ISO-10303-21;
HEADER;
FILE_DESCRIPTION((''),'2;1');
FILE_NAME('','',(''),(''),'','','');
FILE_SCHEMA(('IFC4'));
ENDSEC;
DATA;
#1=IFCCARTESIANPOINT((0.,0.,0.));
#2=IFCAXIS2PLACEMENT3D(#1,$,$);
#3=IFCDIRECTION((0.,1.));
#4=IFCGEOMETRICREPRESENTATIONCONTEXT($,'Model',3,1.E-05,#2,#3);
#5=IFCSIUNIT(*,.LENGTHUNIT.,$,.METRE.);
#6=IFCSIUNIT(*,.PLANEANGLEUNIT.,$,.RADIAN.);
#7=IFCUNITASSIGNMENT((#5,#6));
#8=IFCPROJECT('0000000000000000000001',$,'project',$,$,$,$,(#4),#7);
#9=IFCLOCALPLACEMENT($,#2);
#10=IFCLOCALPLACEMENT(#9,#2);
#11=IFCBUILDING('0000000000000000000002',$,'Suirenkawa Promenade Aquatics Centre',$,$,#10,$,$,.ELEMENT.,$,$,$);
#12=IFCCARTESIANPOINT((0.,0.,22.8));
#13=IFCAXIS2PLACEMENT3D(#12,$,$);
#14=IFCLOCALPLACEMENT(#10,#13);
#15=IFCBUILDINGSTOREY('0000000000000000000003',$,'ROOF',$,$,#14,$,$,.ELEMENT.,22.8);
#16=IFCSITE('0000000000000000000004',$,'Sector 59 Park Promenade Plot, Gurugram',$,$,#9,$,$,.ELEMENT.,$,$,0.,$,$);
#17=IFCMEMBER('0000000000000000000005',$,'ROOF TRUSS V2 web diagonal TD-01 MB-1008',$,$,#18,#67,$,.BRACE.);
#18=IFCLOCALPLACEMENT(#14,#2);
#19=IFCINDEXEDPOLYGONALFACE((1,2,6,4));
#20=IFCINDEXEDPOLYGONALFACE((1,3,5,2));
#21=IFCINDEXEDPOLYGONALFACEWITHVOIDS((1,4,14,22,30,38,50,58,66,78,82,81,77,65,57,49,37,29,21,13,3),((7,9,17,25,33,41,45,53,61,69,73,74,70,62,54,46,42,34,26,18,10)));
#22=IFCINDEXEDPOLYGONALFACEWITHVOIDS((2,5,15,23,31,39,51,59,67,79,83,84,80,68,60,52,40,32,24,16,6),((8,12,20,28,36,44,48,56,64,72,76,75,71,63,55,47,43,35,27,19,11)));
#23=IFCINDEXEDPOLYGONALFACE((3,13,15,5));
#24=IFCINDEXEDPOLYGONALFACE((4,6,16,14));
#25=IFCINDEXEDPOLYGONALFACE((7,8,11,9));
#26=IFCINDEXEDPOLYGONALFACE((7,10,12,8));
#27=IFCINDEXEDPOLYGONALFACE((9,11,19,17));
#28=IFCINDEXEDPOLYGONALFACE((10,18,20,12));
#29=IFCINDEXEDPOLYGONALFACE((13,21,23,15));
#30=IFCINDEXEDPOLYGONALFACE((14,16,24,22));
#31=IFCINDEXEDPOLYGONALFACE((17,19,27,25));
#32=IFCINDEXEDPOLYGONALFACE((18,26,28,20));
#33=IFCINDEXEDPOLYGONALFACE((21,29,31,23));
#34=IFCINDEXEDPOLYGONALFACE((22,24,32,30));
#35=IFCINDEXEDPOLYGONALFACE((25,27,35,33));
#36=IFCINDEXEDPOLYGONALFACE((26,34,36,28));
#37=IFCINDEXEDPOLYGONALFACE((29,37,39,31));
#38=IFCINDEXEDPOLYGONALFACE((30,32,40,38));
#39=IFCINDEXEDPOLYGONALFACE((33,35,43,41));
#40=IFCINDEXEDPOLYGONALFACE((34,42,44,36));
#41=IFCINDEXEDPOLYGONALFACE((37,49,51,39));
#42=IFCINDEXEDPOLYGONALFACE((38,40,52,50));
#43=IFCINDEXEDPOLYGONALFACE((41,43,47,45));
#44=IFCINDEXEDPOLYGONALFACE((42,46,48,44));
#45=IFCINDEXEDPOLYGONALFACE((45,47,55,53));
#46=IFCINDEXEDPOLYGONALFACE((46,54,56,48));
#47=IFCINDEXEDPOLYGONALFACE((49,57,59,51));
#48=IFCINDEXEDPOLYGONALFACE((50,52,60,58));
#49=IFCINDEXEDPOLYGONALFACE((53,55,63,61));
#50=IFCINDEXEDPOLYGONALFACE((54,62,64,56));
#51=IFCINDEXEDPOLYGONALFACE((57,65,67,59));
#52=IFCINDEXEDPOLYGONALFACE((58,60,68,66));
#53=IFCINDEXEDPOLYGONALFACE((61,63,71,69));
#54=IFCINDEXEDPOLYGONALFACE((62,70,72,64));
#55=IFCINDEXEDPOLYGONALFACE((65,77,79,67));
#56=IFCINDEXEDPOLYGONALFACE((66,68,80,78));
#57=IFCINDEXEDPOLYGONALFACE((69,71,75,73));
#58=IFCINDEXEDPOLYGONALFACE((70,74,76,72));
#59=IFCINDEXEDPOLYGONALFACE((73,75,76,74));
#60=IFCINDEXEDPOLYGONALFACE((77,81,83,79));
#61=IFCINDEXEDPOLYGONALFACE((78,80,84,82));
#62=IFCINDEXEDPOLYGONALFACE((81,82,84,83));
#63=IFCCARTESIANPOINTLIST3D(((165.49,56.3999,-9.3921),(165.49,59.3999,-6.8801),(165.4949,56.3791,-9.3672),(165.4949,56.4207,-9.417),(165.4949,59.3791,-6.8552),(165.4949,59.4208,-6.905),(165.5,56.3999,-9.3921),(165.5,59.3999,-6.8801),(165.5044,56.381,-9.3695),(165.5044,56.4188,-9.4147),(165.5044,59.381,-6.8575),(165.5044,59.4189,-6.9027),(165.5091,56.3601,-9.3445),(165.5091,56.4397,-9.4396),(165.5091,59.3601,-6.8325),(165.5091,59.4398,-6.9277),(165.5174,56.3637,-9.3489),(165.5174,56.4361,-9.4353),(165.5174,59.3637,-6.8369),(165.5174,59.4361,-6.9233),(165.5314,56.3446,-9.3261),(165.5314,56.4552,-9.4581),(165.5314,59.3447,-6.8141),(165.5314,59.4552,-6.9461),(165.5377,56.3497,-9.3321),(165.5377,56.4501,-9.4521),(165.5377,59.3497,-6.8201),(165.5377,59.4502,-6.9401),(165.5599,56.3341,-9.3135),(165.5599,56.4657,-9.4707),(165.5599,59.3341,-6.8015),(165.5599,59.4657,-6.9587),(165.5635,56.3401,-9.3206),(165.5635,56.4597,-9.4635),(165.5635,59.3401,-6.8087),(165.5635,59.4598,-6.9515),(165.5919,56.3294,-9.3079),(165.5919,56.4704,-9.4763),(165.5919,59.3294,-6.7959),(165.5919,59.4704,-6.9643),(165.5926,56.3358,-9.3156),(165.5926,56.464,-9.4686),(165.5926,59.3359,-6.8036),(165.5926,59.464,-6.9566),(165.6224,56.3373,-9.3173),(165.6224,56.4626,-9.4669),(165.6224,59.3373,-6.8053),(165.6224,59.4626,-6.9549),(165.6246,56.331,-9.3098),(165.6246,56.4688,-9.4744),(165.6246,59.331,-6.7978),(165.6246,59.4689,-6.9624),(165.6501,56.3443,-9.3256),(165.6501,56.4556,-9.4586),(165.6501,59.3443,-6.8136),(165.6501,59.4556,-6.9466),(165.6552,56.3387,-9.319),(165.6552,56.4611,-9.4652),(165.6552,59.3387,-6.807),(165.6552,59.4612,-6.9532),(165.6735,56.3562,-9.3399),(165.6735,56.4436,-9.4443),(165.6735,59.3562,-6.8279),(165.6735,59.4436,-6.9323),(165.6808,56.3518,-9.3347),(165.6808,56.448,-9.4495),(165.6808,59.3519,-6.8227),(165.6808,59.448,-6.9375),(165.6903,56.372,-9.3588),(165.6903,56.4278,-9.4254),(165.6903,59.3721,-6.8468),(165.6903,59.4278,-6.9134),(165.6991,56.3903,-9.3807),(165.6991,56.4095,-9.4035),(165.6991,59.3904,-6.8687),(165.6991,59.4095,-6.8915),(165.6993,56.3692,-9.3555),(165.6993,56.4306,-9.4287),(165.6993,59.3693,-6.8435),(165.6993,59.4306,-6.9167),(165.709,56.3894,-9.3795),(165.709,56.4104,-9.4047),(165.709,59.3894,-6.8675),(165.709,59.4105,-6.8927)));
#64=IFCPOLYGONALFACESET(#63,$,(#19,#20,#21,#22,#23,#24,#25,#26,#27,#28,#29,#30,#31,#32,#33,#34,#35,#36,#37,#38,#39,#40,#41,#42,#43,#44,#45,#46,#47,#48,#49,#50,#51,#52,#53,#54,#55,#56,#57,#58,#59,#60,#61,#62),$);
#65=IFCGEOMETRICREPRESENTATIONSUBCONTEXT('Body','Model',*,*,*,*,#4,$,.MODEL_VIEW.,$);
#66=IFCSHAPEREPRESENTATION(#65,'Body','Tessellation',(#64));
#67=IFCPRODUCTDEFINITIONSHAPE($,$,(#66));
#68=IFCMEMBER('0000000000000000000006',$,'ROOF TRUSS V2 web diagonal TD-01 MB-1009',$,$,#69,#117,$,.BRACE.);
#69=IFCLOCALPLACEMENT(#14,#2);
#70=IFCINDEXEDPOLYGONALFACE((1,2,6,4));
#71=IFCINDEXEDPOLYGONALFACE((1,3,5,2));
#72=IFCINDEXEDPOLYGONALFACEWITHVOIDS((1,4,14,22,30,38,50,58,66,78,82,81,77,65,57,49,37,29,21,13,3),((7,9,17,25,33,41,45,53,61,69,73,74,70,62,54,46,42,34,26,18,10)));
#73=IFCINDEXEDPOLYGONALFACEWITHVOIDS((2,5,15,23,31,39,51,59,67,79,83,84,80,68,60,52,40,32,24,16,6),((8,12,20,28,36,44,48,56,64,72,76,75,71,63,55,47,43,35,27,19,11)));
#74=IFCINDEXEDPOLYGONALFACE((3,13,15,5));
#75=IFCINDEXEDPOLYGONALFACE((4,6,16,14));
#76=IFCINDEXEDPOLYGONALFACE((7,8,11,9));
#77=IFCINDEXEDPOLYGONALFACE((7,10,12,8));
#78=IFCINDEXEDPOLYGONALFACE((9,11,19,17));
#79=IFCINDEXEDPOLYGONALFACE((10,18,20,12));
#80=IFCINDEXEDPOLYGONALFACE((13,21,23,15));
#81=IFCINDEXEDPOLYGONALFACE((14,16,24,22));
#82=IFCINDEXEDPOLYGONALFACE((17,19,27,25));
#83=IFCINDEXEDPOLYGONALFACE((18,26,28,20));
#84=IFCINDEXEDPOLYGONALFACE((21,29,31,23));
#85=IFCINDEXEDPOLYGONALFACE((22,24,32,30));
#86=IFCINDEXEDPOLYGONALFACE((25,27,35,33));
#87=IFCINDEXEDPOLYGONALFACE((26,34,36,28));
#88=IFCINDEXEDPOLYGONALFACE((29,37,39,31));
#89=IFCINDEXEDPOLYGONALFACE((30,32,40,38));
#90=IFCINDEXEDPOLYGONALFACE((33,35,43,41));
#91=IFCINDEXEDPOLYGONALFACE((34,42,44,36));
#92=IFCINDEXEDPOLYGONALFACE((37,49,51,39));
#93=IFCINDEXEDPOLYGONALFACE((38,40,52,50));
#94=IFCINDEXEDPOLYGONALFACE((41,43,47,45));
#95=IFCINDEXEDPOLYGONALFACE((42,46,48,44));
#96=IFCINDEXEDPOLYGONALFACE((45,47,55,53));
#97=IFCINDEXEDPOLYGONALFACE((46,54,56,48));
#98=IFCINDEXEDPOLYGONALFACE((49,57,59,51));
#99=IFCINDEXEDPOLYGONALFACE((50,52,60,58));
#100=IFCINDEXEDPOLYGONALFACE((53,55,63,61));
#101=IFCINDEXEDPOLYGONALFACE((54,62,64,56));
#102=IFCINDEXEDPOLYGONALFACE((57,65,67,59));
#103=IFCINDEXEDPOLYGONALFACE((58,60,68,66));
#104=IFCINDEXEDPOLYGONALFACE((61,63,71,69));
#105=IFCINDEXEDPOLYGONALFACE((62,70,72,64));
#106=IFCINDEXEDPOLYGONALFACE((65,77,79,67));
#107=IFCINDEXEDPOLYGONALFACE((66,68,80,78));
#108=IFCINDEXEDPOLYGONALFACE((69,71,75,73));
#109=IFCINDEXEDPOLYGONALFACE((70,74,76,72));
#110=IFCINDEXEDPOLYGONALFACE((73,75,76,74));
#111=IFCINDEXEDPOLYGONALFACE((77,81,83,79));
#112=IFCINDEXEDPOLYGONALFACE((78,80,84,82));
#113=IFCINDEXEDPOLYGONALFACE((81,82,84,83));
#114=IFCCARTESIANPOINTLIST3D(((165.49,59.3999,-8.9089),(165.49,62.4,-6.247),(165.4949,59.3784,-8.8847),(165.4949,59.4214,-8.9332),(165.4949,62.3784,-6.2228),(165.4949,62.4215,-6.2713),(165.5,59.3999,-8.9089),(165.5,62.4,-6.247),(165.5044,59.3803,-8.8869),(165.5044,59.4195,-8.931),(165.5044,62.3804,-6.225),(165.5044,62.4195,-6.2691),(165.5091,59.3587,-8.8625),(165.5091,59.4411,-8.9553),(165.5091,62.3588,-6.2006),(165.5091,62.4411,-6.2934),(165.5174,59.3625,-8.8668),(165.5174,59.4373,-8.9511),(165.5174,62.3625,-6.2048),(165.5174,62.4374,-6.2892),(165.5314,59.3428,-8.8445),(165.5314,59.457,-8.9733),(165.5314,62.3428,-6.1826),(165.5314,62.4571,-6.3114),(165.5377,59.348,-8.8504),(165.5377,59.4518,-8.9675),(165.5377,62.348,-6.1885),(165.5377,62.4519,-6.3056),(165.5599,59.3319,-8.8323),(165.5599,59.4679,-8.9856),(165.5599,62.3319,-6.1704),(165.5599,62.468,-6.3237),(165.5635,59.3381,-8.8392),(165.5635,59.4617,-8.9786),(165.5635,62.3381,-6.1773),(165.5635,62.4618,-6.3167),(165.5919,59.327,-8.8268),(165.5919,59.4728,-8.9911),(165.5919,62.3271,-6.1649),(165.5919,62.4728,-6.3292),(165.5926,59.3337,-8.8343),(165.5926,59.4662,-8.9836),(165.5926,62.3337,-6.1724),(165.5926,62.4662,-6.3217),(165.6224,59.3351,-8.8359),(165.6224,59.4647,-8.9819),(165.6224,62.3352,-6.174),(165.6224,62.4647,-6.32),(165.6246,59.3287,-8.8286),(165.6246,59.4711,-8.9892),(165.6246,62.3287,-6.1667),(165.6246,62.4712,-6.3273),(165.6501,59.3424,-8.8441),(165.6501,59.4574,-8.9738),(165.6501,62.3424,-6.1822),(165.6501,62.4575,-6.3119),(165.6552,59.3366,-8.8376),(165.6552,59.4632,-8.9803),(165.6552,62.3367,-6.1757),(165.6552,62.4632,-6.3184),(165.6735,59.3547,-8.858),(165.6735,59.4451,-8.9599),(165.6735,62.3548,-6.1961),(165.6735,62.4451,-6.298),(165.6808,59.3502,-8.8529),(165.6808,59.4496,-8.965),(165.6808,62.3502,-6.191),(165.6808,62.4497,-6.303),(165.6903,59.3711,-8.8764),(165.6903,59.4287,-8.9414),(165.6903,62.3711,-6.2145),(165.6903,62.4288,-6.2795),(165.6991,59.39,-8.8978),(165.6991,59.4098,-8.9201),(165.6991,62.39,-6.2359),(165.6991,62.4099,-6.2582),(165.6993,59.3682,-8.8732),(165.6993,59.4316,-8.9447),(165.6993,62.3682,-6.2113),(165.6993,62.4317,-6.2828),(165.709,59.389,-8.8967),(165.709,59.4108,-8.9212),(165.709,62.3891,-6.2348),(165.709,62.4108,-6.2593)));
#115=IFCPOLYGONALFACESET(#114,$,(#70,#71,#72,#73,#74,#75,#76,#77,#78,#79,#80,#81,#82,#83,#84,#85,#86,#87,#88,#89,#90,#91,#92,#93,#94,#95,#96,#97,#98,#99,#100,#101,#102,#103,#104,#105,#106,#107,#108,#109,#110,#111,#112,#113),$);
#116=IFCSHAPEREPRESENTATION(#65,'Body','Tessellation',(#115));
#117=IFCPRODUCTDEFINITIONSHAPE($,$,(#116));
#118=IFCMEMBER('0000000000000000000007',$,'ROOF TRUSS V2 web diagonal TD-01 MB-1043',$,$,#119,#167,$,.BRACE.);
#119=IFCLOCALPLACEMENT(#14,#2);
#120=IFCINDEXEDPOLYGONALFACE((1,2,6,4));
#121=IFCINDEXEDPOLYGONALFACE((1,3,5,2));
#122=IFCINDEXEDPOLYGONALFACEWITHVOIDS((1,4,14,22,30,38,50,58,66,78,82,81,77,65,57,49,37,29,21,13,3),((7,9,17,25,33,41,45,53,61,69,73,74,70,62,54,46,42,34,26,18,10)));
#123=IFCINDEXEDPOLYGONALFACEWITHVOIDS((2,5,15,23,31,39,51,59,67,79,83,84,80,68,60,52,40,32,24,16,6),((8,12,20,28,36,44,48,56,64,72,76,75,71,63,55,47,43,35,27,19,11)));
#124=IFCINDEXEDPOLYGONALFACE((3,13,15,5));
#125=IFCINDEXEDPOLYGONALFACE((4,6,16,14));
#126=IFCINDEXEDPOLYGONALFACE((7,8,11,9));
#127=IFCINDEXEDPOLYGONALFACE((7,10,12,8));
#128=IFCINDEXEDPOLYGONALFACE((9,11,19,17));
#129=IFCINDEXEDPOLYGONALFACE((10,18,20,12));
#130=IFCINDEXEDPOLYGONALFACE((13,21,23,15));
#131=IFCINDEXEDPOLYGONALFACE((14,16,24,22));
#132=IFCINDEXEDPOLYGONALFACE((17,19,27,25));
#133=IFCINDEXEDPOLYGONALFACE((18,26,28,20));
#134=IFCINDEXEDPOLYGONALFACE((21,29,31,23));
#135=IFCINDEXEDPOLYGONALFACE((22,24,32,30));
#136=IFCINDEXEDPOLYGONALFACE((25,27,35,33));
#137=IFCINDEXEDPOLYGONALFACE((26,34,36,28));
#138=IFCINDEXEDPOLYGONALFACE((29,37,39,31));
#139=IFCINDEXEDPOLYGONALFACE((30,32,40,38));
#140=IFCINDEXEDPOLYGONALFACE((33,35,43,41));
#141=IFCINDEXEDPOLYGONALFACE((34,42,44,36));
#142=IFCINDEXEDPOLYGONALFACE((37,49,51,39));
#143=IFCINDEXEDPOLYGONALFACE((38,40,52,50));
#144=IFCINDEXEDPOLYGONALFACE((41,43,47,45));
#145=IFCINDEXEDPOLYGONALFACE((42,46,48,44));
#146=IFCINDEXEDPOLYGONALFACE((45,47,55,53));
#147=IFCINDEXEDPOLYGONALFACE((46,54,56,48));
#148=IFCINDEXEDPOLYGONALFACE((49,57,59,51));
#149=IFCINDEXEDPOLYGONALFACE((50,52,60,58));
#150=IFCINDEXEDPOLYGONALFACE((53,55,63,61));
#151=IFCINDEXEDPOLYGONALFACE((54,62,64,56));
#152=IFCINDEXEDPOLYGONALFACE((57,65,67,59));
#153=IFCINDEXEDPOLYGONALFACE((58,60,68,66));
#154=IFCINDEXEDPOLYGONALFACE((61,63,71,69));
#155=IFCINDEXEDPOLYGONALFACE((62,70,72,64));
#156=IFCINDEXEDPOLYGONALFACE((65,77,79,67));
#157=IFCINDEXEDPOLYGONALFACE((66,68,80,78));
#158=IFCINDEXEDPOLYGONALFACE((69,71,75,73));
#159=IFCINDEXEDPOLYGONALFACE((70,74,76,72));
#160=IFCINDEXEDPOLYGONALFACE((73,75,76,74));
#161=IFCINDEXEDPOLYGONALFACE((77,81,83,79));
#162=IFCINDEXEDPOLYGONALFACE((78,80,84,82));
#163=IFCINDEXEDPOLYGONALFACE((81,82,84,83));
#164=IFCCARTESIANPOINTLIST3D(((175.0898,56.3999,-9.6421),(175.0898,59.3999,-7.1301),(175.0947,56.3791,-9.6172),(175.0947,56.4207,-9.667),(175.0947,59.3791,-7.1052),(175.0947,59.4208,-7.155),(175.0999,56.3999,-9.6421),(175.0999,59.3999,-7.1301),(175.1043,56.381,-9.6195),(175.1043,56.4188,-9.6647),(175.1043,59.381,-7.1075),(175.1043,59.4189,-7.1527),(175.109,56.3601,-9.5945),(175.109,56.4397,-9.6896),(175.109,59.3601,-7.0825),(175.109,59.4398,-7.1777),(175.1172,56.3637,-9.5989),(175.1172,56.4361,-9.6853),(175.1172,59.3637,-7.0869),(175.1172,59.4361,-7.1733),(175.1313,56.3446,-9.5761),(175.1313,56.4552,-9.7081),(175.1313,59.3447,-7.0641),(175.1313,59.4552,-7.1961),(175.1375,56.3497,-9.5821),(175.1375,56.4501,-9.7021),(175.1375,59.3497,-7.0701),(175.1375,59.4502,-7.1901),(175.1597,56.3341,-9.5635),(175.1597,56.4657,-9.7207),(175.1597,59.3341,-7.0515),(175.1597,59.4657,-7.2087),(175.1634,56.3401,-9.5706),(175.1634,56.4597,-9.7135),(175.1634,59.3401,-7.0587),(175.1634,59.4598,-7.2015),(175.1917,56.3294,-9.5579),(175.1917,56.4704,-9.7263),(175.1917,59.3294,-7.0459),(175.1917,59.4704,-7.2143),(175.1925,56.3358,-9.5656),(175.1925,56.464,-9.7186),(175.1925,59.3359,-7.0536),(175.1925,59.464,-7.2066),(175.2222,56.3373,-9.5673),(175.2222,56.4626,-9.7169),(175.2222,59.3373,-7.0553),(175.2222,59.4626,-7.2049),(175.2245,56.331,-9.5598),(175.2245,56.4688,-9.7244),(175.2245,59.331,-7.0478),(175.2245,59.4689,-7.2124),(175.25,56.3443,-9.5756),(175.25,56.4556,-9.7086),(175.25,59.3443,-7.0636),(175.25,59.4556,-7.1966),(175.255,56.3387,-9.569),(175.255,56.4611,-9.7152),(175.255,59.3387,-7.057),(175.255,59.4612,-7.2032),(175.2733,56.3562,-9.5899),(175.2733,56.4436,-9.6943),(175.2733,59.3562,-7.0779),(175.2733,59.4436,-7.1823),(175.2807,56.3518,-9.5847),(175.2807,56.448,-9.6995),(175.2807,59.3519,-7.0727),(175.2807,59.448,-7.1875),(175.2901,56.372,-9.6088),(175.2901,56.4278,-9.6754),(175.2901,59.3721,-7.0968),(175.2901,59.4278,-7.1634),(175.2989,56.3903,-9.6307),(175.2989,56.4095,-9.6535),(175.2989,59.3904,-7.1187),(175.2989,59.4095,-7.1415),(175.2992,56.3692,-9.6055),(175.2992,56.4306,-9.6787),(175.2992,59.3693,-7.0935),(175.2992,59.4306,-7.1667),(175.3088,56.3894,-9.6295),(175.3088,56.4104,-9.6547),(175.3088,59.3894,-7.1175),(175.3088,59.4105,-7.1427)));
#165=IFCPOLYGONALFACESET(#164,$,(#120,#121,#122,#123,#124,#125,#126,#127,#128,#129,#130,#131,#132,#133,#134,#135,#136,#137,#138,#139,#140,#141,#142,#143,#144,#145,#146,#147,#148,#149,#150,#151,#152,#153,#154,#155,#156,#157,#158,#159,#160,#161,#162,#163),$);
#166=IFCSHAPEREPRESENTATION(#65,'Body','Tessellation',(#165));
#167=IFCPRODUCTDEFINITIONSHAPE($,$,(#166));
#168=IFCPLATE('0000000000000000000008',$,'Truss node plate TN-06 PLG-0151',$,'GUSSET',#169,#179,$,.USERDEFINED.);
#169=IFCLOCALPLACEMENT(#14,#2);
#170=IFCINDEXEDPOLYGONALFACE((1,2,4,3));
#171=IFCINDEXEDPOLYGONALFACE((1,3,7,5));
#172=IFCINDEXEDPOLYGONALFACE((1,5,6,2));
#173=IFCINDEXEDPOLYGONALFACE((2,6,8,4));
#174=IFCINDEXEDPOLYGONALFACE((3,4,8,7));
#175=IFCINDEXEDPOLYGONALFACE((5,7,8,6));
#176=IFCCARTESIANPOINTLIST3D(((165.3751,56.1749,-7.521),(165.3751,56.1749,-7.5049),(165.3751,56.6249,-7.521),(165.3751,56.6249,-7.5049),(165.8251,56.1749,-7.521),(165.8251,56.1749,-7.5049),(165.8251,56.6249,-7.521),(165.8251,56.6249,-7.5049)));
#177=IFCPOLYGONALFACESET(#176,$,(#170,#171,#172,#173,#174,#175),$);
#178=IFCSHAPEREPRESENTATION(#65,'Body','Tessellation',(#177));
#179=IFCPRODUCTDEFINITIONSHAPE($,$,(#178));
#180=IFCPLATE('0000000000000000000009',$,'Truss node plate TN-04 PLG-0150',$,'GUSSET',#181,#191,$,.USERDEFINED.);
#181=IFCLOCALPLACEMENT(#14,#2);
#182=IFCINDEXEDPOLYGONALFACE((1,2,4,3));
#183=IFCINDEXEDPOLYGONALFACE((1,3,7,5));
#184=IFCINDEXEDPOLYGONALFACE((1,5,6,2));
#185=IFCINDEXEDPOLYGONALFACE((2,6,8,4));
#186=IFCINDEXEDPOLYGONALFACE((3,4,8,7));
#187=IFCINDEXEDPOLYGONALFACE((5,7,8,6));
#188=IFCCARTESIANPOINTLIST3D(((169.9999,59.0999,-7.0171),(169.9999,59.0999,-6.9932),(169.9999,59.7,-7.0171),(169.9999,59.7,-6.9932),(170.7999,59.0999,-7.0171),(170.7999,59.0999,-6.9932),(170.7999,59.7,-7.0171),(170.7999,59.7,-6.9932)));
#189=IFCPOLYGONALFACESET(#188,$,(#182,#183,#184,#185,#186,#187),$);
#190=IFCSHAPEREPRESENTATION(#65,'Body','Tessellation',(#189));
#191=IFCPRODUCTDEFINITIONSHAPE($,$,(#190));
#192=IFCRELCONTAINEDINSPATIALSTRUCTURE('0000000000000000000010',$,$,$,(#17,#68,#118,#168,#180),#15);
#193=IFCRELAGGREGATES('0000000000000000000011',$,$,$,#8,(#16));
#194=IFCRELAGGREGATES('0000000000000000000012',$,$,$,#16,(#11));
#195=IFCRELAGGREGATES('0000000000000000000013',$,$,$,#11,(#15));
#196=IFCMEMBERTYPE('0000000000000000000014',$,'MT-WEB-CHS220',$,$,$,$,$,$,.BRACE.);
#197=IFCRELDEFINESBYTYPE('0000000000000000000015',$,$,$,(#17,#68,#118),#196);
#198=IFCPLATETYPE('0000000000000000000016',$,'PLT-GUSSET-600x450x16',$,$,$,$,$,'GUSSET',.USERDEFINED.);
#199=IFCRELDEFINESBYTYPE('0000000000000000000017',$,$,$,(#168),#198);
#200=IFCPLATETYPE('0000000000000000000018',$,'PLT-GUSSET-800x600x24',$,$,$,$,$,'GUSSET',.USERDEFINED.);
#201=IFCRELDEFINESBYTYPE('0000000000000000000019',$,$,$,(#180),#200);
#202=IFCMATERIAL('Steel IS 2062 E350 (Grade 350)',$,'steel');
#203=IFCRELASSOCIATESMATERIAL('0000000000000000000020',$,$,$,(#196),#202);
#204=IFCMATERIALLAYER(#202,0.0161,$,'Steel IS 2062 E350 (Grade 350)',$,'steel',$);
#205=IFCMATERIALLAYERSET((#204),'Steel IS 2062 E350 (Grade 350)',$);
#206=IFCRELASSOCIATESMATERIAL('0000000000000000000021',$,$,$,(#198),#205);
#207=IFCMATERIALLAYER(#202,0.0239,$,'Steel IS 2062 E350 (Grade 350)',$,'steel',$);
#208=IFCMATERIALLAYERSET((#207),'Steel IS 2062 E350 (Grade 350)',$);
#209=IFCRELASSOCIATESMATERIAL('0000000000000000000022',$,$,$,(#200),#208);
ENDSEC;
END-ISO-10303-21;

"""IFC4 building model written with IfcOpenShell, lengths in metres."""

from ifc_helpers import new_model, si_unit, direction, frame, origin, origin_2d, place, context, subcontext, project, spatial, rectangle, hollow_circle, extrude, material, layer, layer_set, material_profile, profile_set, type_object, element, save


model = new_model("IFC4")

# Units and contexts
model_context = context("Model", 3, precision=1e-05, world=origin(), true_north=direction((0.0, 1.0)))
body_context = subcontext(model_context, "Body", "Model", "MODEL_VIEW")
ifc_project = project(units=[si_unit("LENGTHUNIT", "METRE"), si_unit("PLANEANGLEUNIT", "RADIAN")], contexts=[model_context])

# Site, building, storey
site_placement = place(None, origin())
site = spatial("IfcSite", under=ifc_project, at=site_placement, Name="Sector 59 Park Promenade Plot, Gurugram", CompositionType="ELEMENT", RefElevation=0.0)
building_placement = place(site_placement, origin())
building = spatial("IfcBuilding", under=site, at=building_placement, Name="Suirenkawa Promenade Aquatics Centre", CompositionType="ELEMENT")
storey_placement = place(building_placement, frame((0.0, 0.0, 22.8)))
storey = spatial("IfcBuildingStorey", under=building, at=storey_placement, Name="ROOF", CompositionType="ELEMENT", Elevation=22.8)

# Shared definitions
ifc_material = material(Name="Steel IS 2062 E350 (Grade 350)", Category="steel")

# Members
ifc_material_profile_1 = material_profile(ifc_material, hollow_circle(Radius=0.1101, WallThickness=0.01, at=origin_2d()), Name="CHS 220x10", Category="steel")
ifc_profile_set_1 = profile_set([ifc_material_profile_1], Name="Steel IS 2062 E350 (Grade 350)")
member_type_1 = type_object("IfcMemberType", Name="MT-WEB-CHS220", PredefinedType="BRACE", material=ifc_profile_set_1)
member_1_placement = place(storey_placement, frame((165.6001, 56.3999, -9.3921), z_axis=(0.0, 0.766716, 0.641987), x_axis=(-1.0, 0.0, 0.0)))
element("IfcMember", 1, at=member_1_placement, inside=storey, type_object=member_type_1, Name="ROOF TRUSS V2 web diagonal TD-01 MB-1008", PredefinedType="BRACE", context=body_context, shape_type="SweptSolid", body=[
    extrude(hollow_circle(Radius=0.1101, WallThickness=0.01, at=origin_2d()), origin(), (0.0, 0.0, 1.0), 3.9128),
])
member_2_placement = place(storey_placement, frame((165.6001, 59.3999, -8.9089), z_axis=(0.0, 0.748003, 0.663695), x_axis=(-1.0, 0.0, 0.0)))
element("IfcMember", 2, at=member_2_placement, inside=storey, type_object=member_type_1, Name="ROOF TRUSS V2 web diagonal TD-01 MB-1009", PredefinedType="BRACE", context=body_context, shape_type="SweptSolid", body=[
    extrude(hollow_circle(Radius=0.1101, WallThickness=0.01, at=origin_2d()), origin(), (0.0, 0.0, 1.0), 4.0107),
])
member_3_placement = place(storey_placement, frame((175.2, 56.3999, -9.6421), z_axis=(0.0, 0.766716, 0.641987), x_axis=(-1.0, 0.0, 0.0)))
element("IfcMember", 3, at=member_3_placement, inside=storey, type_object=member_type_1, Name="ROOF TRUSS V2 web diagonal TD-01 MB-1043", PredefinedType="BRACE", context=body_context, shape_type="SweptSolid", body=[
    extrude(hollow_circle(Radius=0.1101, WallThickness=0.01, at=origin_2d()), origin(), (0.0, 0.0, 1.0), 3.9128),
])

# Plates
ifc_layer_1 = layer(ifc_material, 0.0161, Name="Steel IS 2062 E350 (Grade 350)", Category="steel")
ifc_layer_set_1 = layer_set([ifc_layer_1], Name="Steel IS 2062 E350 (Grade 350)")
plate_type_1 = type_object("IfcPlateType", Name="PLT-GUSSET-600x450x16", ElementType="GUSSET", PredefinedType="USERDEFINED", material=ifc_layer_set_1)
plate_1_placement = place(storey_placement, frame((165.6001, 56.3999, -7.521), z_axis=(0.0, 0.0, 1.0), x_axis=(1.0, 0.0, 0.0)))
element("IfcPlate", 4, at=plate_1_placement, inside=storey, type_object=plate_type_1, Name="Truss node plate TN-06 PLG-0151", ObjectType="GUSSET", PredefinedType="USERDEFINED", context=body_context, shape_type="SweptSolid", body=[
    extrude(rectangle(XDim=0.45, YDim=0.45, at=origin_2d()), origin(), (0.0, 0.0, 1.0), 0.0161),
])
ifc_layer_2 = layer(ifc_material, 0.0239, Name="Steel IS 2062 E350 (Grade 350)", Category="steel")
ifc_layer_set_2 = layer_set([ifc_layer_2], Name="Steel IS 2062 E350 (Grade 350)")
plate_type_2 = type_object("IfcPlateType", Name="PLT-GUSSET-800x600x24", ElementType="GUSSET", PredefinedType="USERDEFINED", material=ifc_layer_set_2)
plate_2_placement = place(storey_placement, frame((170.3999, 59.3999, -7.0171), z_axis=(0.0, 0.0, 1.0), x_axis=(1.0, 0.0, 0.0)))
element("IfcPlate", 5, at=plate_2_placement, inside=storey, type_object=plate_type_2, Name="Truss node plate TN-04 PLG-0150", ObjectType="GUSSET", PredefinedType="USERDEFINED", context=body_context, shape_type="SweptSolid", body=[
    extrude(rectangle(XDim=0.8, YDim=0.6001, at=origin_2d()), origin(), (0.0, 0.0, 1.0), 0.0239),
])

save(model, "model.ifc")
